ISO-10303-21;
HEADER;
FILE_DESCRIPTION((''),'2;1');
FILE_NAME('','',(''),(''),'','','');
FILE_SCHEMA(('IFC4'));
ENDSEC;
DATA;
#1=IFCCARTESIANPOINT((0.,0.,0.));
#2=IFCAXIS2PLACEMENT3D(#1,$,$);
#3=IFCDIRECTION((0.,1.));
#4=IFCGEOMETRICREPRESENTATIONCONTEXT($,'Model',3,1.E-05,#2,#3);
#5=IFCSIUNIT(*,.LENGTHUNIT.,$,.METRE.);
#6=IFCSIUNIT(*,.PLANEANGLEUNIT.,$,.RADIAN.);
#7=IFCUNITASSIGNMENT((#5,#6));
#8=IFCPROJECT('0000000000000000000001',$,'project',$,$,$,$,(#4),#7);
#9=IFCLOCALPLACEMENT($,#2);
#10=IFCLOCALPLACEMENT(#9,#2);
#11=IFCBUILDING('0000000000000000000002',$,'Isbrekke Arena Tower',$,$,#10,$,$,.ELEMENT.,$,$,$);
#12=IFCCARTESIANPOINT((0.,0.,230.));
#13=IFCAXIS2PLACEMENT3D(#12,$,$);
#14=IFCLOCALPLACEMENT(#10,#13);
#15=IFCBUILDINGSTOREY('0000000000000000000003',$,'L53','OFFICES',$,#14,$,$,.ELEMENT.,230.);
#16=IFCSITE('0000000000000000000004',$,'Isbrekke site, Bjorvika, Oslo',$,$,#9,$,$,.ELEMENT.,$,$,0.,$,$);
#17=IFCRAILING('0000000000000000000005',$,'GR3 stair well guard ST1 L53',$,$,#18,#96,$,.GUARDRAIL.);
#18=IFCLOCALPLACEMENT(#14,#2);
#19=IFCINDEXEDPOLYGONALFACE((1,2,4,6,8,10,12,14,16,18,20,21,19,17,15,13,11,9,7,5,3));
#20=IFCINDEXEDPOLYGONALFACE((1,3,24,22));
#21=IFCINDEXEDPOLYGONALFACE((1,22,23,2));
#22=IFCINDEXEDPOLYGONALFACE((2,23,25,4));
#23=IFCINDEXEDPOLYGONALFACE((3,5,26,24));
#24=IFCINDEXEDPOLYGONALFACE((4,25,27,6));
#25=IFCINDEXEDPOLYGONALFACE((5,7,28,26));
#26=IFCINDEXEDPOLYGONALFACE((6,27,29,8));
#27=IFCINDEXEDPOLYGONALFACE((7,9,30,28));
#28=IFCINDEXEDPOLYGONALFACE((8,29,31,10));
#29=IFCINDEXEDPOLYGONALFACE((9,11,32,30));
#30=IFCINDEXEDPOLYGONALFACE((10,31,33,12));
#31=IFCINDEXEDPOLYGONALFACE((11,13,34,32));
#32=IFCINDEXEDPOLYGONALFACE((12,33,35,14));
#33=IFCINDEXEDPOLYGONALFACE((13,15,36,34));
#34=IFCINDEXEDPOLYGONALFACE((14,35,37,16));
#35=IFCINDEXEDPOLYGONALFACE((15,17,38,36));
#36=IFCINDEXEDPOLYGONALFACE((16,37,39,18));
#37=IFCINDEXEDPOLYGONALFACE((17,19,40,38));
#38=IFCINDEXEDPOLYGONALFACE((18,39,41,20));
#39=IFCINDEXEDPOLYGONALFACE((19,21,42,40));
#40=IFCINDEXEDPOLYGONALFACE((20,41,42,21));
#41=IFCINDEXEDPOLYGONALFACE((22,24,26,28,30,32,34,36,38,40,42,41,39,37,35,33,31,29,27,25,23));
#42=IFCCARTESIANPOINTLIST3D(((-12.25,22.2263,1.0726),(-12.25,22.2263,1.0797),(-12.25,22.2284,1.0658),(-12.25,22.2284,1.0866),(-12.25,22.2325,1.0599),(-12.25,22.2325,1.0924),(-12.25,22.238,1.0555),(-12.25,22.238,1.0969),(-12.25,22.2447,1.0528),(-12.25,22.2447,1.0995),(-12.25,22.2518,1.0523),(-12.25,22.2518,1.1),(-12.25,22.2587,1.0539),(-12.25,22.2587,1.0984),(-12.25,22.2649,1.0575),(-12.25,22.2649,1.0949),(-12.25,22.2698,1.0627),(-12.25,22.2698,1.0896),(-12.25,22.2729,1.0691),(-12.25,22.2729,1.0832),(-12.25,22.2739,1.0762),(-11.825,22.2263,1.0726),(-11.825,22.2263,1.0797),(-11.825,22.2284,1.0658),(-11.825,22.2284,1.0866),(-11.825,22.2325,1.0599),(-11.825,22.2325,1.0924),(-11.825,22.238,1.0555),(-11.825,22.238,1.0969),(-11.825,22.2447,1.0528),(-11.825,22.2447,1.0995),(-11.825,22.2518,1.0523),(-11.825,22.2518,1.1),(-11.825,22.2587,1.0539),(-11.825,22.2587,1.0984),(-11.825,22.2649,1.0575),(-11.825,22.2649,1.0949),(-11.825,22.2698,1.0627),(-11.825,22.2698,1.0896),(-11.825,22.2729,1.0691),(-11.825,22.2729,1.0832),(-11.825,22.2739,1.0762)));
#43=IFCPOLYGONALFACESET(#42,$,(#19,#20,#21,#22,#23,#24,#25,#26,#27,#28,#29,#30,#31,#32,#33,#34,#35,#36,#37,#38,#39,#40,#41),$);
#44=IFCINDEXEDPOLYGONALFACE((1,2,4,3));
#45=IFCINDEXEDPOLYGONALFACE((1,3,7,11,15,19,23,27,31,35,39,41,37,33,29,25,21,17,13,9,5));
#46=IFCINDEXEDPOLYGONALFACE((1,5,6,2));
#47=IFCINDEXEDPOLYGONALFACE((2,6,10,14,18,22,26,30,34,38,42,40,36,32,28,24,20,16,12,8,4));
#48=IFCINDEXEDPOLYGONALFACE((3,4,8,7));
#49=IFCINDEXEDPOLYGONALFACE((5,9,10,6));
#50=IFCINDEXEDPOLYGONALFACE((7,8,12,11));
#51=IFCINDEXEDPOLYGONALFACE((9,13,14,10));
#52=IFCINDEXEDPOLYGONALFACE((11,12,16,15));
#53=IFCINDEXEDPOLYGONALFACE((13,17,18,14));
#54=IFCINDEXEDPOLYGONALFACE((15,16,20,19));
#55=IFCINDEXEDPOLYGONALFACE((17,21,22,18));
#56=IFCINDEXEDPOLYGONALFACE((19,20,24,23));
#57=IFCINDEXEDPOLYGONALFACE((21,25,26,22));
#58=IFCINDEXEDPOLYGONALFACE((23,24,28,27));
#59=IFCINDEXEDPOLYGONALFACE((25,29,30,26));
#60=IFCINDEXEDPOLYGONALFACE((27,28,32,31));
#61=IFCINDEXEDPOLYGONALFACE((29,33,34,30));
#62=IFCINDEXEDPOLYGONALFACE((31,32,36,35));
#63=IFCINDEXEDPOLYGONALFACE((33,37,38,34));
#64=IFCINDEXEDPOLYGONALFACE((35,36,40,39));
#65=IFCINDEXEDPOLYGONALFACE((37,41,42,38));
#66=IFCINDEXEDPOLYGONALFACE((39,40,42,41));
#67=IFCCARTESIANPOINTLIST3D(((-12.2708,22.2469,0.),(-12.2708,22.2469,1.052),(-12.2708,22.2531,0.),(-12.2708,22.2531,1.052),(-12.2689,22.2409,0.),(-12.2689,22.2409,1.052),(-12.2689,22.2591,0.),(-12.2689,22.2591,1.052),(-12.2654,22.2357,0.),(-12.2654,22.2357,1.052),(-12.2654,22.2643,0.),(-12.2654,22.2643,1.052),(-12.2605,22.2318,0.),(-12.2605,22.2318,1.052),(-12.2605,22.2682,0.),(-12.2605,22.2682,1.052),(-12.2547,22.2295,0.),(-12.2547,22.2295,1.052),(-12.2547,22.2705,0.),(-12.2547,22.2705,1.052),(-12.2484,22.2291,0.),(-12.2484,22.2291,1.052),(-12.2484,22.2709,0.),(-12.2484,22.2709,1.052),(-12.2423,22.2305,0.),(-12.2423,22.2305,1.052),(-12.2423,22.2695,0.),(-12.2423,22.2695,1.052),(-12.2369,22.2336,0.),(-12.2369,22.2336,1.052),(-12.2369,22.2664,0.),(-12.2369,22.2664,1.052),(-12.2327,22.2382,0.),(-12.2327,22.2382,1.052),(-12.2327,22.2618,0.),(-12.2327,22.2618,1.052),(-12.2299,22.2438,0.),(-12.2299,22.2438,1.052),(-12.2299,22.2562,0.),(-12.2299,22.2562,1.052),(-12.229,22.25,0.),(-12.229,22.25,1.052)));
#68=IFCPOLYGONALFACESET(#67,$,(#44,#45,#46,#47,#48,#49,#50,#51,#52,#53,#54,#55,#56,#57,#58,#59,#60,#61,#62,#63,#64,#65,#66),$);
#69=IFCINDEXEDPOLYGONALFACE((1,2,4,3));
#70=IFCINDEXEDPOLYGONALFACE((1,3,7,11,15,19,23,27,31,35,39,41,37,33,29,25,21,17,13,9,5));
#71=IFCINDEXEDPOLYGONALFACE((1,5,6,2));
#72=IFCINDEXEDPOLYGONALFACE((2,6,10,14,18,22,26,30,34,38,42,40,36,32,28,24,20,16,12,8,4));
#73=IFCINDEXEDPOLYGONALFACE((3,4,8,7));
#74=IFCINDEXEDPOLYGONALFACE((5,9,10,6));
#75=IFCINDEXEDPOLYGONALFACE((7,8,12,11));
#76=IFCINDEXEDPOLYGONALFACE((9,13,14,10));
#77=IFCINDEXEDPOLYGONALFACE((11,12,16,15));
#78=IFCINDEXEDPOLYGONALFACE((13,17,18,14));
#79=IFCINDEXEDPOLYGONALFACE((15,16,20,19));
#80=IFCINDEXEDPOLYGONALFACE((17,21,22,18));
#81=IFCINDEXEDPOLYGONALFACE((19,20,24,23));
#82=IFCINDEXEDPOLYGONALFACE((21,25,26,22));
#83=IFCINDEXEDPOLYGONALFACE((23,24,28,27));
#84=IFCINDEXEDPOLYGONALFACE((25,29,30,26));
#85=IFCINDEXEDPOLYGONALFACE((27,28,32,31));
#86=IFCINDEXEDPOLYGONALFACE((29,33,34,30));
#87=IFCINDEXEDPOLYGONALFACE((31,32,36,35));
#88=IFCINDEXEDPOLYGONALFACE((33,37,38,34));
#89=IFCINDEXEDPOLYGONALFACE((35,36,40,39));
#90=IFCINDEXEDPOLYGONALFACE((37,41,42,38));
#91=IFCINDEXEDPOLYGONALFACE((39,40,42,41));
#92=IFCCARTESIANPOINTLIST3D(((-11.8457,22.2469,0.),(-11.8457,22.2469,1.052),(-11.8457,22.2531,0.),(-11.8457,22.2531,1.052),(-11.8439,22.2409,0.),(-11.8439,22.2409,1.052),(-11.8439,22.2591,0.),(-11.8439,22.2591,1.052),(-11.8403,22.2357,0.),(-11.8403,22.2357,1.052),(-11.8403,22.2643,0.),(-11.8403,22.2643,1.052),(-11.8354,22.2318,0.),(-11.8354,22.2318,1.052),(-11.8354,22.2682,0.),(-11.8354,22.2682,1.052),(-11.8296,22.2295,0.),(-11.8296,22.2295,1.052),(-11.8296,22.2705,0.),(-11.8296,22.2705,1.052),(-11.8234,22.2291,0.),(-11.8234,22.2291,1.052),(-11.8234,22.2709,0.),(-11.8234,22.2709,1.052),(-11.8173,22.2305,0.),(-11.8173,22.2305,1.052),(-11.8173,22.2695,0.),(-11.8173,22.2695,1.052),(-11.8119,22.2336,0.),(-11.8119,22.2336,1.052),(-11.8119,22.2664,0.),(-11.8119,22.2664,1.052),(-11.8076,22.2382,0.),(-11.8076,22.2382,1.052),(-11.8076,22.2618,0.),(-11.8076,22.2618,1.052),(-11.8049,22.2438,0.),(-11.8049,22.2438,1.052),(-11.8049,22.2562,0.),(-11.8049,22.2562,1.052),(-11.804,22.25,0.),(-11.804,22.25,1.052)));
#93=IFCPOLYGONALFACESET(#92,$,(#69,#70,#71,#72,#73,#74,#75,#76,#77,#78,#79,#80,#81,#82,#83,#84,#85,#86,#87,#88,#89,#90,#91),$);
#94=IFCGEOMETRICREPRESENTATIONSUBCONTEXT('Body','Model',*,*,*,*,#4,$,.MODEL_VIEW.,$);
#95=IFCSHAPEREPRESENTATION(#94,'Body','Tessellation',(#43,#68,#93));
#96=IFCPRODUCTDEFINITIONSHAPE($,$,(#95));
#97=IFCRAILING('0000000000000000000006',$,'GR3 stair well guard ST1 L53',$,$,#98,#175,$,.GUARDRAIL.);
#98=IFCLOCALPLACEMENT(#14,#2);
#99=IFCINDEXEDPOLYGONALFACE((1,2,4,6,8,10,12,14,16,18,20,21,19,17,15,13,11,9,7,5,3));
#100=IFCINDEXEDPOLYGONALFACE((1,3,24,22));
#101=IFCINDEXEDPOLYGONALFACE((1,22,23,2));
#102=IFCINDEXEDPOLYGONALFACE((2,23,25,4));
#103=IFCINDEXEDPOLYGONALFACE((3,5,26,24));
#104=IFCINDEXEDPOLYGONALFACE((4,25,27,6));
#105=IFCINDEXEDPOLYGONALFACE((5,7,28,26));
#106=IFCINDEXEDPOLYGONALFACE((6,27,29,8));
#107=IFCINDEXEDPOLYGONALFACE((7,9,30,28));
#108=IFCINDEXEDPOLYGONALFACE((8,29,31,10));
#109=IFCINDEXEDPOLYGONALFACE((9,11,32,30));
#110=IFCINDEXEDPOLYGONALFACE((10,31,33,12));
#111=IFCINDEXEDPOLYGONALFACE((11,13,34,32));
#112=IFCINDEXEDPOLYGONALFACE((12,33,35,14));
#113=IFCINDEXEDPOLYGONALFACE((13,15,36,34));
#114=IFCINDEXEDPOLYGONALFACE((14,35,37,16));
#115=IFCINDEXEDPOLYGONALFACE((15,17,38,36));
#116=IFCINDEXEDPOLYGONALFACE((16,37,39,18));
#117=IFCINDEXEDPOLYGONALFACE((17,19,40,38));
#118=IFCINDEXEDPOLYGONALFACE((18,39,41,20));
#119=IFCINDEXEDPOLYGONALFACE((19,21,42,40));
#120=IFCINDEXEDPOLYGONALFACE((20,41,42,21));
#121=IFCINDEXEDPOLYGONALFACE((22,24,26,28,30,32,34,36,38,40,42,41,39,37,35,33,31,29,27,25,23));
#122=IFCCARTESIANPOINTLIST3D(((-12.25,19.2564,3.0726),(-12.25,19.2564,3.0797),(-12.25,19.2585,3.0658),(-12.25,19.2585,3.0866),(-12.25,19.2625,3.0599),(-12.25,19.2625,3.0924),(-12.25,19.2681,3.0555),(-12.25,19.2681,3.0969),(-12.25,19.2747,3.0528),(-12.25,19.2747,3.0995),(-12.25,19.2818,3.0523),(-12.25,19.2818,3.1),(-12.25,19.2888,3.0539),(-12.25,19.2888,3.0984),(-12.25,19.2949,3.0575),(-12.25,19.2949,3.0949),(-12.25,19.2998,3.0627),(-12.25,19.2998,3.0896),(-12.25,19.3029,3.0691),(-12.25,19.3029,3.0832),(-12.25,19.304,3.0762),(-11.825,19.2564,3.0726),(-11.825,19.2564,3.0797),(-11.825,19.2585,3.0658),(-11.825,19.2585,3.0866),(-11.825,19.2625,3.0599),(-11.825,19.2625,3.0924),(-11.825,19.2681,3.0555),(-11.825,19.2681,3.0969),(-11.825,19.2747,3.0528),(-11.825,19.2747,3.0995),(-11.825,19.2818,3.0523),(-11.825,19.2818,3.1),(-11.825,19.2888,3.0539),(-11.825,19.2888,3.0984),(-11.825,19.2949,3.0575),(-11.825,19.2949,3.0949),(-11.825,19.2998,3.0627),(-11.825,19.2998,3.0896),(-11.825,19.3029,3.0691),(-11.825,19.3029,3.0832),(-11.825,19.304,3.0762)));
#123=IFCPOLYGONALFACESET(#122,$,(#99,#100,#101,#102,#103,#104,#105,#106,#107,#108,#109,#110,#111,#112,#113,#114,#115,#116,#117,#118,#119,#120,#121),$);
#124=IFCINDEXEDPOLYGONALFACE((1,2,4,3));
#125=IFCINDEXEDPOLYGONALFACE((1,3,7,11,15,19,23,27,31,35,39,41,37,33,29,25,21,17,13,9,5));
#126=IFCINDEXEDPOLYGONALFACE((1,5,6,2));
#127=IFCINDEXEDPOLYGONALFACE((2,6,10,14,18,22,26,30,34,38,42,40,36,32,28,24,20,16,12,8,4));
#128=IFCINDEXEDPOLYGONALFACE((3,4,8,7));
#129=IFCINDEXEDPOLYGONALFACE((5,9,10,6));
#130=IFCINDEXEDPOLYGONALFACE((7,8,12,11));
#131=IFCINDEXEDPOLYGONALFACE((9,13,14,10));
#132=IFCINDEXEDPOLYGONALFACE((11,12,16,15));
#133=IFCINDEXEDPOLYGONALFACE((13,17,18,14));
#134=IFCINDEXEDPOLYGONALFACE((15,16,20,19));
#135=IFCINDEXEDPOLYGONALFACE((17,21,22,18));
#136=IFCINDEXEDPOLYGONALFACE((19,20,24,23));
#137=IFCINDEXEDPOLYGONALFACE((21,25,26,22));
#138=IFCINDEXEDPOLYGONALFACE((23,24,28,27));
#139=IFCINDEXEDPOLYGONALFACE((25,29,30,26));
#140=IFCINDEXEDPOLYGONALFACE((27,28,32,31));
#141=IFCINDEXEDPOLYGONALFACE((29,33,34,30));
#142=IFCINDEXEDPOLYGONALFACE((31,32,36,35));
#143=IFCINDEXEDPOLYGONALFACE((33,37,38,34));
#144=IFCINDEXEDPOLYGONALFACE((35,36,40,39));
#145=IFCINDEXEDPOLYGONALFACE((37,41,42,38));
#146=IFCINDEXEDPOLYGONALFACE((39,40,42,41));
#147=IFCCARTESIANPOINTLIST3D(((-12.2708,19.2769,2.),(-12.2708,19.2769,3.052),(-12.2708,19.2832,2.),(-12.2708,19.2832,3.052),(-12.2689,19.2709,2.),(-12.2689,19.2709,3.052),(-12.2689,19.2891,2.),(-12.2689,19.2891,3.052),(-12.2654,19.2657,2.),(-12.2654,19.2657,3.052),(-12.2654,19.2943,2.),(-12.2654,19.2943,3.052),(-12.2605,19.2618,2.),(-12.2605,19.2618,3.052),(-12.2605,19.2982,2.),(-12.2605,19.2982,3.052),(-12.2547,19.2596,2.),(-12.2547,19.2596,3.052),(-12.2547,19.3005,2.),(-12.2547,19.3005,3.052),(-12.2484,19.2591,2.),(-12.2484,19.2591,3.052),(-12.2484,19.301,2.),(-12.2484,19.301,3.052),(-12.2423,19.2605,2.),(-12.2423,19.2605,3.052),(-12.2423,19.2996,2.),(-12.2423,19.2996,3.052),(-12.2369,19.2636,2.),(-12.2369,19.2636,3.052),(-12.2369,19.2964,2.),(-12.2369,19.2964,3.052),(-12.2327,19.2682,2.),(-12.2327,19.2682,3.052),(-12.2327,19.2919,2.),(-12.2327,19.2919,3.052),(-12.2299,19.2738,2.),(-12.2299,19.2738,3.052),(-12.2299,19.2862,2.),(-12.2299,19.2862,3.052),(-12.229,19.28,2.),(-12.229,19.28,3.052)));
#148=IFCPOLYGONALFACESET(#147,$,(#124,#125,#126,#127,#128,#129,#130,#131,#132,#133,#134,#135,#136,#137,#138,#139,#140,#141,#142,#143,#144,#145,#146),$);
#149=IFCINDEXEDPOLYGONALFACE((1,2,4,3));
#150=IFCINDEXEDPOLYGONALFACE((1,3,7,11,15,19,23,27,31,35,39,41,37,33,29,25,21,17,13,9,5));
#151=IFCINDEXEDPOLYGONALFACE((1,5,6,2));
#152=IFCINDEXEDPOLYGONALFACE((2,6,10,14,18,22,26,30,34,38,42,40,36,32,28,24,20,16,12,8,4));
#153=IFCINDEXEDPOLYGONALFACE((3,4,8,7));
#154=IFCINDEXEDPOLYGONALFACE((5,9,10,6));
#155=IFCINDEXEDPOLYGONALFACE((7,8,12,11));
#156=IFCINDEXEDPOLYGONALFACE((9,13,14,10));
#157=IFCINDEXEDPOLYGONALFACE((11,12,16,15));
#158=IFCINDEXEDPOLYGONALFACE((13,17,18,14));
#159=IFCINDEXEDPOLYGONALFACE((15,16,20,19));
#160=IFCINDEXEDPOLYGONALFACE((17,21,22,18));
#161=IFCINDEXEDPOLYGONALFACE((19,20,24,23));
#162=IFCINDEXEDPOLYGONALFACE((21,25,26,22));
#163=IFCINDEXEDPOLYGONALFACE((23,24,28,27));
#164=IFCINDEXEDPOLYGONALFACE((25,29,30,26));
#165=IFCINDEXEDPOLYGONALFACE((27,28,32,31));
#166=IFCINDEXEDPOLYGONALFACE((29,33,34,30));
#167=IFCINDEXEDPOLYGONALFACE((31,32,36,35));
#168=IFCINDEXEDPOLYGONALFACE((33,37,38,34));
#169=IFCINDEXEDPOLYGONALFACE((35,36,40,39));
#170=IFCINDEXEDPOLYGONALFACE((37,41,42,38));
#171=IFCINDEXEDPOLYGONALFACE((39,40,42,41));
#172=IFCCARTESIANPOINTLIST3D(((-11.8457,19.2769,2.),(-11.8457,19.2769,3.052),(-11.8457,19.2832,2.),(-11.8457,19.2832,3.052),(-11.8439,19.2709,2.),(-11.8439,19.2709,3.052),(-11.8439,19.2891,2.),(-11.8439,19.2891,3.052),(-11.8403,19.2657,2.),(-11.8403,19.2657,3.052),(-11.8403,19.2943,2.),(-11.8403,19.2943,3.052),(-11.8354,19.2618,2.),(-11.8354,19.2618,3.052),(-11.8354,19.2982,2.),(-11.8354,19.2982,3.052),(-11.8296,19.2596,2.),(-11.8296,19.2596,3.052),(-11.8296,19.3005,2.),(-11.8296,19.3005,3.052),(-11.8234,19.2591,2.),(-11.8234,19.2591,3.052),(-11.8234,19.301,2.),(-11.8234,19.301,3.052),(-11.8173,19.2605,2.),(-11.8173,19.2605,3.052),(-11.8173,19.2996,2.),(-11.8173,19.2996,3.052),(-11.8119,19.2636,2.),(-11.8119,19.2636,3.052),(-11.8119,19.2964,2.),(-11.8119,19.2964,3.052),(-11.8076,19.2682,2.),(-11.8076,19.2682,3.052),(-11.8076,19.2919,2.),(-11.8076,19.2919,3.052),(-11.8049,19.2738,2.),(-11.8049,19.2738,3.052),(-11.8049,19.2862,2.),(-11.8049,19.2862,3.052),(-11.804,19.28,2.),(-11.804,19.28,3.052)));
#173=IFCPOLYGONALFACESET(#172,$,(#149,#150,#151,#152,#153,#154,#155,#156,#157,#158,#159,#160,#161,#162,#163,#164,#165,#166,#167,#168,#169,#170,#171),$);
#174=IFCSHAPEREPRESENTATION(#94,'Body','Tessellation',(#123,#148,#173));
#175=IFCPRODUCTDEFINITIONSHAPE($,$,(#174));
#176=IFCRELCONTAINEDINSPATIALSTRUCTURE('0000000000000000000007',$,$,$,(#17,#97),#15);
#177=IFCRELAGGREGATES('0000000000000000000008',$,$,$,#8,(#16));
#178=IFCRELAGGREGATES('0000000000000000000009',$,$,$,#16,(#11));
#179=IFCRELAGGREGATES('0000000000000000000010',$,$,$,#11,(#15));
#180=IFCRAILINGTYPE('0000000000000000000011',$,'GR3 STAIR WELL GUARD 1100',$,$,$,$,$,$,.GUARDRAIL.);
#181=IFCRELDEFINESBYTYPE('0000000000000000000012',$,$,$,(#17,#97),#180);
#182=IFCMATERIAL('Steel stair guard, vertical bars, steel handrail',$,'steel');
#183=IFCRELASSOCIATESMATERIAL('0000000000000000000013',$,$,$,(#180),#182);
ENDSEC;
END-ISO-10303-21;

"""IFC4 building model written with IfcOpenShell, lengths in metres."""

from ifc_helpers import new_model, si_unit, direction, frame, origin, origin_2d, place, context, subcontext, project, spatial, circle, extrude, material, type_object, element, save


model = new_model("IFC4")

# Units and contexts
model_context = context("Model", 3, precision=1e-05, world=origin(), true_north=direction((0.0, 1.0)))
body_context = subcontext(model_context, "Body", "Model", "MODEL_VIEW")
ifc_project = project(units=[si_unit("LENGTHUNIT", "METRE"), si_unit("PLANEANGLEUNIT", "RADIAN")], contexts=[model_context])

# Site, building, storey
site_placement = place(None, origin())
site = spatial("IfcSite", under=ifc_project, at=site_placement, Name="Isbrekke site, Bjorvika, Oslo", CompositionType="ELEMENT", RefElevation=0.0)
building_placement = place(site_placement, origin())
building = spatial("IfcBuilding", under=site, at=building_placement, Name="Isbrekke Arena Tower", CompositionType="ELEMENT")
storey_placement = place(building_placement, frame((0.0, 0.0, 230.0)))
storey = spatial("IfcBuildingStorey", under=building, at=storey_placement, Name="L53", Description="OFFICES", CompositionType="ELEMENT", Elevation=230.0)

# Railings
ifc_material_1 = material(Name="Steel stair guard, vertical bars, steel handrail", Category="steel")
railing_type = type_object("IfcRailingType", Name="GR3 STAIR WELL GUARD 1100", PredefinedType="GUARDRAIL", material=ifc_material_1)
for number, where, name in (
    (1, (-12.25, 22.25, 0.0), "GR3 stair well guard ST1 L53"),
    (2, (-12.25, 19.28, 2.0), "GR3 stair well guard ST1 L53"),
):
    element("IfcRailing", number, at=place(storey_placement, frame(where)), inside=storey, type_object=railing_type, Name=name, PredefinedType="GUARDRAIL", context=body_context, shape_type="SweptSolid", body=[
        extrude(circle(Radius=0.0239, at=origin_2d()), frame((0.0, 0.0, 1.0762), z_axis=(1.0, 0.0, 0.0), x_axis=(0.0, 1.0, 0.0)), (0.0, 0.0, 1.0), 0.425),
        extrude(circle(Radius=0.021, at=origin_2d()), origin(), (0.0, 0.0, 1.0), 1.052),
        extrude(circle(Radius=0.021, at=origin_2d()), frame((0.425, 0.0, 0.0)), (0.0, 0.0, 1.0), 1.052),
    ])

save(model, "model.ifc")
